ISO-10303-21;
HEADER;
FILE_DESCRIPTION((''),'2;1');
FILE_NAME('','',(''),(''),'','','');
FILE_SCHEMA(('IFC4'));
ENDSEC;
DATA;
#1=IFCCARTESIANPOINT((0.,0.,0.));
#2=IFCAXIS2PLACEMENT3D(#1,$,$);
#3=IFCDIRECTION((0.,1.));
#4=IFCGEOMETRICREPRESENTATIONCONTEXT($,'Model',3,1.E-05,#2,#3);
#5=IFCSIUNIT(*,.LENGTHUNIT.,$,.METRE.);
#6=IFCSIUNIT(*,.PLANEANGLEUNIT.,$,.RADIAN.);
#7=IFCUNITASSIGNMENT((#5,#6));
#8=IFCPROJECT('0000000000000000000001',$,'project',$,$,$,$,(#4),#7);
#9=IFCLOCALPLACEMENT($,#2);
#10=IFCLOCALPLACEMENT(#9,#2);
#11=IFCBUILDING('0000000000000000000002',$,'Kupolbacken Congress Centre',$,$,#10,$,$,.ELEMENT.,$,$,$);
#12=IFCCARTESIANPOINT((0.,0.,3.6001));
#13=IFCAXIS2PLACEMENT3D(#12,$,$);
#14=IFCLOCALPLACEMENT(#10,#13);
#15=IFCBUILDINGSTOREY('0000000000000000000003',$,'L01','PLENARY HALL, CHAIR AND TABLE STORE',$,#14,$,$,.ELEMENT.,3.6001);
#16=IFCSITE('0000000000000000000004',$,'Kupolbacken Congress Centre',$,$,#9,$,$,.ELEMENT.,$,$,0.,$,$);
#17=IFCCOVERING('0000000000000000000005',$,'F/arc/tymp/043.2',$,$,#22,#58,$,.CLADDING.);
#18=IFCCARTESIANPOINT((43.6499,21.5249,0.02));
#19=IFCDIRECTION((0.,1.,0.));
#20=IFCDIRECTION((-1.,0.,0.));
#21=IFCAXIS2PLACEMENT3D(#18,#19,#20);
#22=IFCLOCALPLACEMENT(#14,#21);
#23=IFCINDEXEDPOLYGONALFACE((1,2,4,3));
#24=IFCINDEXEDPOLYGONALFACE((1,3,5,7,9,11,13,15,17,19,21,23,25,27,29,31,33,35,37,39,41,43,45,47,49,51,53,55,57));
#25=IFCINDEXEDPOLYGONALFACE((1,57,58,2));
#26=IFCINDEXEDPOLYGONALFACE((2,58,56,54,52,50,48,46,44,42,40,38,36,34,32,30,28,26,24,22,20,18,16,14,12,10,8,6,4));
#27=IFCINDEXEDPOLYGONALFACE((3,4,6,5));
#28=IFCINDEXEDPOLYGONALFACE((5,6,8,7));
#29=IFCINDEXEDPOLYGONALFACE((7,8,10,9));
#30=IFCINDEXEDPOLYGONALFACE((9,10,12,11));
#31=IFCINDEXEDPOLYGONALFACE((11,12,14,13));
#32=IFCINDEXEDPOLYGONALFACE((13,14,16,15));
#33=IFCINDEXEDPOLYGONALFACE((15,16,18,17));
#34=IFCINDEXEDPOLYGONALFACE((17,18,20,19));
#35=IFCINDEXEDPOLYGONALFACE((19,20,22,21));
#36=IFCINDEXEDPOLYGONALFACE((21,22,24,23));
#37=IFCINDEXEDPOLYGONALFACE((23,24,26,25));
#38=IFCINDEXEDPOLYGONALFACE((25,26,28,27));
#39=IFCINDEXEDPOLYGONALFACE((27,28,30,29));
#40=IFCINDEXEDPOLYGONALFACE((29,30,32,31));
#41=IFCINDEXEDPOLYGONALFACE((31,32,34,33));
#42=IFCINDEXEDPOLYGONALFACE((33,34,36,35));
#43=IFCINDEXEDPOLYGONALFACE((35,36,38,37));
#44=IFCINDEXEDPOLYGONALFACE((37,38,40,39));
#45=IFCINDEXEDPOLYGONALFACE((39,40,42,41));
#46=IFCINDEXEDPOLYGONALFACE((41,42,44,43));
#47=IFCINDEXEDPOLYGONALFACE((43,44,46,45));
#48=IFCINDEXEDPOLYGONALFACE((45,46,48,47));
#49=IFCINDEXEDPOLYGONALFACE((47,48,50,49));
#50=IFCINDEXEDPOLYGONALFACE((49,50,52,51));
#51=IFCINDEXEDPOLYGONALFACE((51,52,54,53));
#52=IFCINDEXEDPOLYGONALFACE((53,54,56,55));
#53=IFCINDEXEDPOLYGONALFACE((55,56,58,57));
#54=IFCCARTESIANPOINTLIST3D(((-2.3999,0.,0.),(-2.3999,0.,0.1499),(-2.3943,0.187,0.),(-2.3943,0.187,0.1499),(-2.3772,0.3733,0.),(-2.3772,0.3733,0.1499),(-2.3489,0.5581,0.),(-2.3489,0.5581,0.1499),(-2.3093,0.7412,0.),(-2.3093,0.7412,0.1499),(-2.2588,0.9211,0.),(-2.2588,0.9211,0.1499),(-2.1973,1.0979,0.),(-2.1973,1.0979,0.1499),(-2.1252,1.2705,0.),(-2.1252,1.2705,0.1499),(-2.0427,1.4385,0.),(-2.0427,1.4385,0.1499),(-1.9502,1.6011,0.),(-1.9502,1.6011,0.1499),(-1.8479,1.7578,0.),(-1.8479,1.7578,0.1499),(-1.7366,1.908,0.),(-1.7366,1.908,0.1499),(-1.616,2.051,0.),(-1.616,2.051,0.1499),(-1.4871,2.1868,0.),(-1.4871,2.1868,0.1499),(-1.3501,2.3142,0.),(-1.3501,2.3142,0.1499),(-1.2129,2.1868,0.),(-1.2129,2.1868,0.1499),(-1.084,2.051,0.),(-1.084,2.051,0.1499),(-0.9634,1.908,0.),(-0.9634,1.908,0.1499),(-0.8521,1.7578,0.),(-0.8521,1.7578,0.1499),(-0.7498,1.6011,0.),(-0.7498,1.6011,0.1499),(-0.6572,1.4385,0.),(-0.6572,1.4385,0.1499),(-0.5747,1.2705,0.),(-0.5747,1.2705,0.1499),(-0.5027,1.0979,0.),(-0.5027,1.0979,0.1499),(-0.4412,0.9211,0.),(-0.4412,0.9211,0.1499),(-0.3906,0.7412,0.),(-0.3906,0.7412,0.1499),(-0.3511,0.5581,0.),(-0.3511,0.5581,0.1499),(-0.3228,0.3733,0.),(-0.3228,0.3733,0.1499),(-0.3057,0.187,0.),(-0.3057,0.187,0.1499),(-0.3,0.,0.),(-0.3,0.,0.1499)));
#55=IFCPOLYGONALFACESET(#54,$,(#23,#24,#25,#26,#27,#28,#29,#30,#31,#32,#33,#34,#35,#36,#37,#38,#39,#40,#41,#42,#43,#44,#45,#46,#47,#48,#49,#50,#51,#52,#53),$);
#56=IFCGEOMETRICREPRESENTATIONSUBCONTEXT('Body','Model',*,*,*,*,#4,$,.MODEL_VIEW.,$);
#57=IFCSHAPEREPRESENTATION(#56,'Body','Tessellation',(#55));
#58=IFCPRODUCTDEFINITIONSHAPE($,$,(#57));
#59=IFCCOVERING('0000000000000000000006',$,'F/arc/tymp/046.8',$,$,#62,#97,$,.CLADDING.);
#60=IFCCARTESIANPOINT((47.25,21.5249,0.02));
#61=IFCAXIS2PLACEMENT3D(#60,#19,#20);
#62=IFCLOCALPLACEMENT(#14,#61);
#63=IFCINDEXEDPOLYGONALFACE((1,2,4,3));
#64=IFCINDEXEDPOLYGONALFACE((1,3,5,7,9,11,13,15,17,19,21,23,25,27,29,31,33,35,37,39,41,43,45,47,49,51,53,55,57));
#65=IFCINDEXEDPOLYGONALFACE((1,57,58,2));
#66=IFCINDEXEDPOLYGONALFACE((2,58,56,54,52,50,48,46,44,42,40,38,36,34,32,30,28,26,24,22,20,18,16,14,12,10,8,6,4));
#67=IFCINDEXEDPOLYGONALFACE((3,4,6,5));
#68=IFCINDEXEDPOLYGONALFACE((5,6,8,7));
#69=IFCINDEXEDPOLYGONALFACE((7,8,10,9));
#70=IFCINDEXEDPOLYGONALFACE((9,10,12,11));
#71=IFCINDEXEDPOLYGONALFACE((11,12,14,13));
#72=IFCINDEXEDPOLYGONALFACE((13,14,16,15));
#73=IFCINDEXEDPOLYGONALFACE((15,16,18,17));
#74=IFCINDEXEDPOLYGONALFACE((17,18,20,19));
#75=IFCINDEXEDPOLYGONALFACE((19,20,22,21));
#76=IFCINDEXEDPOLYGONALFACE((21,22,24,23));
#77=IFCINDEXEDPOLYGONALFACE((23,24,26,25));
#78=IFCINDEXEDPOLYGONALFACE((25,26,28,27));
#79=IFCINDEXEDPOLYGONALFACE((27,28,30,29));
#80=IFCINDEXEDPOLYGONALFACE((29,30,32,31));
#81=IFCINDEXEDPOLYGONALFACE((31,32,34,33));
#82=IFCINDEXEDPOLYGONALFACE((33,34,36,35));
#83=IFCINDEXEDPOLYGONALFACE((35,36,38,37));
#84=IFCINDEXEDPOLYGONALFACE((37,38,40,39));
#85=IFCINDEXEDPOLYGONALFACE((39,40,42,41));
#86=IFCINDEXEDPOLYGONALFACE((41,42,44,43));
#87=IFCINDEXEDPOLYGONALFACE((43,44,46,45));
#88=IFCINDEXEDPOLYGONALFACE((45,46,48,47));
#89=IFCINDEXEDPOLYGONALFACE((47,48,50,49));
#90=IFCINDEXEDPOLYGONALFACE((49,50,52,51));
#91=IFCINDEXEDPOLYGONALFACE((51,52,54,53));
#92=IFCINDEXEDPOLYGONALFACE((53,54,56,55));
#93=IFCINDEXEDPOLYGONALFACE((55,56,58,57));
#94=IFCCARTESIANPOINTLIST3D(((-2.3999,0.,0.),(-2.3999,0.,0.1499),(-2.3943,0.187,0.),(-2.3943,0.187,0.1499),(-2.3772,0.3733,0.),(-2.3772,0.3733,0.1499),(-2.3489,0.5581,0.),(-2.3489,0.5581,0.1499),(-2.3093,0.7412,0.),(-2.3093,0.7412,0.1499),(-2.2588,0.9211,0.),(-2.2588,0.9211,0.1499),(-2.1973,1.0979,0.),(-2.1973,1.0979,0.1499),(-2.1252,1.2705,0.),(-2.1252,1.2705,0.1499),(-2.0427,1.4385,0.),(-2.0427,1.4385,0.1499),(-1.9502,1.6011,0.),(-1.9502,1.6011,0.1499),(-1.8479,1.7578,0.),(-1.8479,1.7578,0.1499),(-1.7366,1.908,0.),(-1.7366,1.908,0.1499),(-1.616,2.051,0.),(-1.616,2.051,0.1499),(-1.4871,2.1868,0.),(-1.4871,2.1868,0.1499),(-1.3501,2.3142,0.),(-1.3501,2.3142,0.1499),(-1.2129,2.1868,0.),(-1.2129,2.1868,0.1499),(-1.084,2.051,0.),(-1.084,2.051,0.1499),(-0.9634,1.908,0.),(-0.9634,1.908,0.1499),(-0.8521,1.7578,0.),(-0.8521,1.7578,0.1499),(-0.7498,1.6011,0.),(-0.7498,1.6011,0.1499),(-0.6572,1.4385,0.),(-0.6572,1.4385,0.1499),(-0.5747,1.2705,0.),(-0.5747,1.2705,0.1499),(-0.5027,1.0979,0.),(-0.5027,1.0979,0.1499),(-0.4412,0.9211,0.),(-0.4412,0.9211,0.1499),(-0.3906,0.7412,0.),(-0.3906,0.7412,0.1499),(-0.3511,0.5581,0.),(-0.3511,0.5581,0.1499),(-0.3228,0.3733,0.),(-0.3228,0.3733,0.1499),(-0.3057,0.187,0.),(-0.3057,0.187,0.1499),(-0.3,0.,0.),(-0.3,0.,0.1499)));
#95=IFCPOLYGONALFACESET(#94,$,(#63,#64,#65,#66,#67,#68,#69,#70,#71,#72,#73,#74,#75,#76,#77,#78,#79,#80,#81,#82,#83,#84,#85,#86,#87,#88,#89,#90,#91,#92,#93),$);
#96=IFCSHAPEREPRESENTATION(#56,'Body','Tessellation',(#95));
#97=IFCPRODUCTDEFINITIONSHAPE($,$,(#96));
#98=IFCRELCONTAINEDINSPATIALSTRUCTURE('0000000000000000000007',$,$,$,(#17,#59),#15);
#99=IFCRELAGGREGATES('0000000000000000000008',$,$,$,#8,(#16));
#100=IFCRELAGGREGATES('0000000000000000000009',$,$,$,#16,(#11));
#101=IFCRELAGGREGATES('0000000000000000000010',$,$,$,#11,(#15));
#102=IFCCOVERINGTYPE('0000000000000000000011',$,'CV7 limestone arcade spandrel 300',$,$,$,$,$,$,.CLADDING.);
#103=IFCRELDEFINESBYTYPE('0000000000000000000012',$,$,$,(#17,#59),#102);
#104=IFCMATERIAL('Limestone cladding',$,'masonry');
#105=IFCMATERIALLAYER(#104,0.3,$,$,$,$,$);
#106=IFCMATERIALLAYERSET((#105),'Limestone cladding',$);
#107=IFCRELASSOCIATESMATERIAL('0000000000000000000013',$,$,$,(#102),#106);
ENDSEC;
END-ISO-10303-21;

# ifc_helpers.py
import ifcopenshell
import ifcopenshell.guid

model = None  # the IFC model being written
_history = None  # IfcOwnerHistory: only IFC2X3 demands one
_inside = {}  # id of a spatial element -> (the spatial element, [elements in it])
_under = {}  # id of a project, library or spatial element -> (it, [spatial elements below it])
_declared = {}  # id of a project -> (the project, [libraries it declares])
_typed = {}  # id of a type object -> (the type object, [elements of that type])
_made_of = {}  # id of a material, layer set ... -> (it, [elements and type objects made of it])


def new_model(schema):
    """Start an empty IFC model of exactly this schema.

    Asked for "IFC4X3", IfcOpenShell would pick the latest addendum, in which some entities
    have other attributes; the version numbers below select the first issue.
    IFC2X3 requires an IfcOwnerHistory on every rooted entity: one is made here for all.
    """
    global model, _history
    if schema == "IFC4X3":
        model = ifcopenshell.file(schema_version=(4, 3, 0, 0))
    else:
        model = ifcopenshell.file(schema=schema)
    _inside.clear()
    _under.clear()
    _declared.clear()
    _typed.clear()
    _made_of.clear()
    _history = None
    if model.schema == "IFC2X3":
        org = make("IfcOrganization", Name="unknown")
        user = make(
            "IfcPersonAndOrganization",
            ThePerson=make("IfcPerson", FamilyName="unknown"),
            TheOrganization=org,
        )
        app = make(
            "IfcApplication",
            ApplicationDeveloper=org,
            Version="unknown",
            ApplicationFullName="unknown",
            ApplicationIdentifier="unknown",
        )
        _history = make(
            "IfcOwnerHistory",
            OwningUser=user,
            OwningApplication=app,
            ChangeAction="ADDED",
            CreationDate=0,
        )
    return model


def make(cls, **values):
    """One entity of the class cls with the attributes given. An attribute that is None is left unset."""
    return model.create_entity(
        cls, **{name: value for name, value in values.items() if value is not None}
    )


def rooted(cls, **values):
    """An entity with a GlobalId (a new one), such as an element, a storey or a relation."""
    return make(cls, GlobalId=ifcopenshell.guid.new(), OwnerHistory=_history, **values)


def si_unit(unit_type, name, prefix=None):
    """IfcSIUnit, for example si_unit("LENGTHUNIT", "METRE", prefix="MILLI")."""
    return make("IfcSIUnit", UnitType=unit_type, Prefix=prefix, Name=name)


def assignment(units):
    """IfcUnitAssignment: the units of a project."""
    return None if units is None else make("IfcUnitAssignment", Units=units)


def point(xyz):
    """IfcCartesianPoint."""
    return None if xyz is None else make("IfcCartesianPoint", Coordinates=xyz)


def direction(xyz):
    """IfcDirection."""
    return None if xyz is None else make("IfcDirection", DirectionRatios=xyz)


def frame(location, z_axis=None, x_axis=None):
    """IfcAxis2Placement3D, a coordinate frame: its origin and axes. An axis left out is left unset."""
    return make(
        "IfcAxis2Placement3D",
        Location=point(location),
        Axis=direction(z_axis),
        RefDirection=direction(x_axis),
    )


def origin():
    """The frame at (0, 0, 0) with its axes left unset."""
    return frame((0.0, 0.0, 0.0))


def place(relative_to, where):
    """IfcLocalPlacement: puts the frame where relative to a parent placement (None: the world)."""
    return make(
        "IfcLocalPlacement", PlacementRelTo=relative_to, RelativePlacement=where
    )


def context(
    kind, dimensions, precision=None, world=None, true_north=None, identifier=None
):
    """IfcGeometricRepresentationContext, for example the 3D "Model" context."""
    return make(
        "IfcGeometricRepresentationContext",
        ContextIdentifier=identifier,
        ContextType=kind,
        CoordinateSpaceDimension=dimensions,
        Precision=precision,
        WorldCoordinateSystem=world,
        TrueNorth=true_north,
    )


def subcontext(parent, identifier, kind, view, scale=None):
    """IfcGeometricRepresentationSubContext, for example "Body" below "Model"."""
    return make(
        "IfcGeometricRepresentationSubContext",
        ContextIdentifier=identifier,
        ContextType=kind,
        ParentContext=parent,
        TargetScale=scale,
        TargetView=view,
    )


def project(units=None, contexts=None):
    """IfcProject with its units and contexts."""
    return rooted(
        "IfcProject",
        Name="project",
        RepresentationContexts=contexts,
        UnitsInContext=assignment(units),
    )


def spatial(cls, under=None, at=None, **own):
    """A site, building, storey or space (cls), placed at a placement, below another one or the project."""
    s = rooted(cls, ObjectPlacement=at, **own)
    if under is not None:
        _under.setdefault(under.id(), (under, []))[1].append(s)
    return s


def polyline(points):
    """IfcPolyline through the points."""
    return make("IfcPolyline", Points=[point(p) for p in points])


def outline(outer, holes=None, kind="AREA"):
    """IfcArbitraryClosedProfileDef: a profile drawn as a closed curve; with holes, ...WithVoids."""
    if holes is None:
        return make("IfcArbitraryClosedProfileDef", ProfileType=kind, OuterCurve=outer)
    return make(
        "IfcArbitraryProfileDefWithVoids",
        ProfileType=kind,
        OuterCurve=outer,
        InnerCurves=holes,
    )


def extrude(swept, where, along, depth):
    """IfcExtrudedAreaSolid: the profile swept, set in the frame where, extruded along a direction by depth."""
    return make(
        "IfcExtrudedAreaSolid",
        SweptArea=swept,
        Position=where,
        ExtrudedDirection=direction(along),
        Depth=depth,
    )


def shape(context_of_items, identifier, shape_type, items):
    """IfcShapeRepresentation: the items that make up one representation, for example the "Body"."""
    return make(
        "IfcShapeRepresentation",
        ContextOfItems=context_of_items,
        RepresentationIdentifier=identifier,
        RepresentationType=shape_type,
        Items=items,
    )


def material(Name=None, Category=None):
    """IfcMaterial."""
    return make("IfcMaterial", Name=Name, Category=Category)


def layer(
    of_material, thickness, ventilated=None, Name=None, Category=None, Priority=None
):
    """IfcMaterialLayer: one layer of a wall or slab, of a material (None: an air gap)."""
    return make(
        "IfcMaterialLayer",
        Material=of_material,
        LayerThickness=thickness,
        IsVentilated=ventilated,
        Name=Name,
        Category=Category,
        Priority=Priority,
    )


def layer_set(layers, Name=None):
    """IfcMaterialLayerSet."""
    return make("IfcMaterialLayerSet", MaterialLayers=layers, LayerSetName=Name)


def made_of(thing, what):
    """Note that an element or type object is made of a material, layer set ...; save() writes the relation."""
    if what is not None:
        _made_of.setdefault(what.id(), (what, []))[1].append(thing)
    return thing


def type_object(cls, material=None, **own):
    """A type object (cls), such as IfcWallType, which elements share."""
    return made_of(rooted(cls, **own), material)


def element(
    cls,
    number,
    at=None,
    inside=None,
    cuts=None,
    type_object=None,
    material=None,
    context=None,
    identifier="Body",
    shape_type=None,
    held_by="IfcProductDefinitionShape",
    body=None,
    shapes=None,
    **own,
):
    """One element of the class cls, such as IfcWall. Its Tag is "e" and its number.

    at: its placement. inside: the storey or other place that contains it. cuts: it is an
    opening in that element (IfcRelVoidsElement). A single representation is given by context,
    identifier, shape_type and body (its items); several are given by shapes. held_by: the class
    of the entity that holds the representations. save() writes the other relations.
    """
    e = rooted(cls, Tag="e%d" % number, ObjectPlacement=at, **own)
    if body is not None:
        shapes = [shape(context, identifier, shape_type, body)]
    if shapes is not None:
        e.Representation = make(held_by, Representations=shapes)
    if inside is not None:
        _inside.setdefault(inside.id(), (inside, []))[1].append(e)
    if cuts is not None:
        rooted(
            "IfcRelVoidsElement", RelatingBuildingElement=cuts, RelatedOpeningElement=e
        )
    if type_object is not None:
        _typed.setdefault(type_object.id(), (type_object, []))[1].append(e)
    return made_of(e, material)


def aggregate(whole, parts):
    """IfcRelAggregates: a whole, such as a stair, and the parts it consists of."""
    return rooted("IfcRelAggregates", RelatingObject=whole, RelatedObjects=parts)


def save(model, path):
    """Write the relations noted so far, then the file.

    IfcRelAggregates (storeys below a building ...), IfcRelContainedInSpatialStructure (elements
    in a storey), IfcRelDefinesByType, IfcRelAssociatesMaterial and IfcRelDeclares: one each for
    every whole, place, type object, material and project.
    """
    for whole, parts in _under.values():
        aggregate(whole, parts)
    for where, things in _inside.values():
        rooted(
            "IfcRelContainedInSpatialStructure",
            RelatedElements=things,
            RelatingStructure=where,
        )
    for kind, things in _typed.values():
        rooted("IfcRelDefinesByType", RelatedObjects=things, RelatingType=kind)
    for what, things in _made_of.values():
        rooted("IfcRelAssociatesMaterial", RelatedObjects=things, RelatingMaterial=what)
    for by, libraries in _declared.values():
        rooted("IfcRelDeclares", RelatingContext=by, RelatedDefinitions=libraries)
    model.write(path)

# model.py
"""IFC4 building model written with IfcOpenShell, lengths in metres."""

from ifc_helpers import new_model, si_unit, direction, frame, origin, place, context, subcontext, project, spatial, polyline, outline, extrude, material, layer, layer_set, type_object, element, save


model = new_model("IFC4")

# Units and contexts
model_context = context("Model", 3, precision=1e-05, world=origin(), true_north=direction((0.0, 1.0)))
body_context = subcontext(model_context, "Body", "Model", "MODEL_VIEW")
ifc_project = project(units=[si_unit("LENGTHUNIT", "METRE"), si_unit("PLANEANGLEUNIT", "RADIAN")], contexts=[model_context])

# Site, building, storey
site_placement = place(None, origin())
site = spatial("IfcSite", under=ifc_project, at=site_placement, Name="Kupolbacken Congress Centre", CompositionType="ELEMENT", RefElevation=0.0)
building_placement = place(site_placement, origin())
building = spatial("IfcBuilding", under=site, at=building_placement, Name="Kupolbacken Congress Centre", CompositionType="ELEMENT")
storey_placement = place(building_placement, frame((0.0, 0.0, 3.6001)))
storey = spatial("IfcBuildingStorey", under=building, at=storey_placement, Name="L01", Description="PLENARY HALL, CHAIR AND TABLE STORE", CompositionType="ELEMENT", Elevation=3.6001)

# Coverings
ifc_material_1 = material(Name="Limestone cladding", Category="masonry")
ifc_layer_1 = layer(ifc_material_1, 0.3)
ifc_layer_set_1 = layer_set([ifc_layer_1], Name="Limestone cladding")
covering_type = type_object("IfcCoveringType", Name="CV7 limestone arcade spandrel 300", PredefinedType="CLADDING", material=ifc_layer_set_1)
covering_1_placement = place(storey_placement, frame((43.6499, 21.5249, 0.02), z_axis=(0.0, 1.0, 0.0), x_axis=(-1.0, 0.0, 0.0)))
element("IfcCovering", 1, at=covering_1_placement, inside=storey, type_object=covering_type, Name="F/arc/tymp/043.2", PredefinedType="CLADDING", context=body_context, shape_type="SweptSolid", body=[
    extrude(outline(polyline([(-0.3, 0.0), (-0.3057, 0.187), (-0.3228, 0.3733), (-0.3511, 0.5581), (-0.3906, 0.7412), (-0.4412, 0.9211), (-0.5027, 1.0979), (-0.5747, 1.2705), (-0.6572, 1.4385), (-0.7498, 1.6011), (-0.8521, 1.7578), (-0.9634, 1.908), (-1.084, 2.051), (-1.2129, 2.1868), (-1.3501, 2.3142), (-1.4871, 2.1868), (-1.616, 2.051), (-1.7366, 1.908), (-1.8479, 1.7578), (-1.9502, 1.6011), (-2.0427, 1.4385), (-2.1252, 1.2705), (-2.1973, 1.0979), (-2.2588, 0.9211), (-2.3093, 0.7412), (-2.3489, 0.5581), (-2.3772, 0.3733), (-2.3943, 0.187), (-2.3999, 0.0), (-0.3, 0.0)])), origin(), (0.0, 0.0, 1.0), 0.1499),
])
covering_2_placement = place(storey_placement, frame((47.25, 21.5249, 0.02), z_axis=(0.0, 1.0, 0.0), x_axis=(-1.0, 0.0, 0.0)))
element("IfcCovering", 2, at=covering_2_placement, inside=storey, type_object=covering_type, Name="F/arc/tymp/046.8", PredefinedType="CLADDING", context=body_context, shape_type="SweptSolid", body=[
    extrude(outline(polyline([(-0.3, 0.0), (-0.3057, 0.187), (-0.3228, 0.3733), (-0.3511, 0.5581), (-0.3906, 0.7412), (-0.4412, 0.9211), (-0.5027, 1.0979), (-0.5747, 1.2705), (-0.6572, 1.4385), (-0.7498, 1.6011), (-0.8521, 1.7578), (-0.9634, 1.908), (-1.084, 2.051), (-1.2129, 2.1868), (-1.3501, 2.3142), (-1.4871, 2.1868), (-1.616, 2.051), (-1.7366, 1.908), (-1.8479, 1.7578), (-1.9502, 1.6011), (-2.0427, 1.4385), (-2.1252, 1.2705), (-2.1973, 1.0979), (-2.2588, 0.9211), (-2.3093, 0.7412), (-2.3489, 0.5581), (-2.3772, 0.3733), (-2.3943, 0.187), (-2.3999, 0.0), (-0.3, 0.0)])), origin(), (0.0, 0.0, 1.0), 0.1499),
])

save(model, "model.ifc")
